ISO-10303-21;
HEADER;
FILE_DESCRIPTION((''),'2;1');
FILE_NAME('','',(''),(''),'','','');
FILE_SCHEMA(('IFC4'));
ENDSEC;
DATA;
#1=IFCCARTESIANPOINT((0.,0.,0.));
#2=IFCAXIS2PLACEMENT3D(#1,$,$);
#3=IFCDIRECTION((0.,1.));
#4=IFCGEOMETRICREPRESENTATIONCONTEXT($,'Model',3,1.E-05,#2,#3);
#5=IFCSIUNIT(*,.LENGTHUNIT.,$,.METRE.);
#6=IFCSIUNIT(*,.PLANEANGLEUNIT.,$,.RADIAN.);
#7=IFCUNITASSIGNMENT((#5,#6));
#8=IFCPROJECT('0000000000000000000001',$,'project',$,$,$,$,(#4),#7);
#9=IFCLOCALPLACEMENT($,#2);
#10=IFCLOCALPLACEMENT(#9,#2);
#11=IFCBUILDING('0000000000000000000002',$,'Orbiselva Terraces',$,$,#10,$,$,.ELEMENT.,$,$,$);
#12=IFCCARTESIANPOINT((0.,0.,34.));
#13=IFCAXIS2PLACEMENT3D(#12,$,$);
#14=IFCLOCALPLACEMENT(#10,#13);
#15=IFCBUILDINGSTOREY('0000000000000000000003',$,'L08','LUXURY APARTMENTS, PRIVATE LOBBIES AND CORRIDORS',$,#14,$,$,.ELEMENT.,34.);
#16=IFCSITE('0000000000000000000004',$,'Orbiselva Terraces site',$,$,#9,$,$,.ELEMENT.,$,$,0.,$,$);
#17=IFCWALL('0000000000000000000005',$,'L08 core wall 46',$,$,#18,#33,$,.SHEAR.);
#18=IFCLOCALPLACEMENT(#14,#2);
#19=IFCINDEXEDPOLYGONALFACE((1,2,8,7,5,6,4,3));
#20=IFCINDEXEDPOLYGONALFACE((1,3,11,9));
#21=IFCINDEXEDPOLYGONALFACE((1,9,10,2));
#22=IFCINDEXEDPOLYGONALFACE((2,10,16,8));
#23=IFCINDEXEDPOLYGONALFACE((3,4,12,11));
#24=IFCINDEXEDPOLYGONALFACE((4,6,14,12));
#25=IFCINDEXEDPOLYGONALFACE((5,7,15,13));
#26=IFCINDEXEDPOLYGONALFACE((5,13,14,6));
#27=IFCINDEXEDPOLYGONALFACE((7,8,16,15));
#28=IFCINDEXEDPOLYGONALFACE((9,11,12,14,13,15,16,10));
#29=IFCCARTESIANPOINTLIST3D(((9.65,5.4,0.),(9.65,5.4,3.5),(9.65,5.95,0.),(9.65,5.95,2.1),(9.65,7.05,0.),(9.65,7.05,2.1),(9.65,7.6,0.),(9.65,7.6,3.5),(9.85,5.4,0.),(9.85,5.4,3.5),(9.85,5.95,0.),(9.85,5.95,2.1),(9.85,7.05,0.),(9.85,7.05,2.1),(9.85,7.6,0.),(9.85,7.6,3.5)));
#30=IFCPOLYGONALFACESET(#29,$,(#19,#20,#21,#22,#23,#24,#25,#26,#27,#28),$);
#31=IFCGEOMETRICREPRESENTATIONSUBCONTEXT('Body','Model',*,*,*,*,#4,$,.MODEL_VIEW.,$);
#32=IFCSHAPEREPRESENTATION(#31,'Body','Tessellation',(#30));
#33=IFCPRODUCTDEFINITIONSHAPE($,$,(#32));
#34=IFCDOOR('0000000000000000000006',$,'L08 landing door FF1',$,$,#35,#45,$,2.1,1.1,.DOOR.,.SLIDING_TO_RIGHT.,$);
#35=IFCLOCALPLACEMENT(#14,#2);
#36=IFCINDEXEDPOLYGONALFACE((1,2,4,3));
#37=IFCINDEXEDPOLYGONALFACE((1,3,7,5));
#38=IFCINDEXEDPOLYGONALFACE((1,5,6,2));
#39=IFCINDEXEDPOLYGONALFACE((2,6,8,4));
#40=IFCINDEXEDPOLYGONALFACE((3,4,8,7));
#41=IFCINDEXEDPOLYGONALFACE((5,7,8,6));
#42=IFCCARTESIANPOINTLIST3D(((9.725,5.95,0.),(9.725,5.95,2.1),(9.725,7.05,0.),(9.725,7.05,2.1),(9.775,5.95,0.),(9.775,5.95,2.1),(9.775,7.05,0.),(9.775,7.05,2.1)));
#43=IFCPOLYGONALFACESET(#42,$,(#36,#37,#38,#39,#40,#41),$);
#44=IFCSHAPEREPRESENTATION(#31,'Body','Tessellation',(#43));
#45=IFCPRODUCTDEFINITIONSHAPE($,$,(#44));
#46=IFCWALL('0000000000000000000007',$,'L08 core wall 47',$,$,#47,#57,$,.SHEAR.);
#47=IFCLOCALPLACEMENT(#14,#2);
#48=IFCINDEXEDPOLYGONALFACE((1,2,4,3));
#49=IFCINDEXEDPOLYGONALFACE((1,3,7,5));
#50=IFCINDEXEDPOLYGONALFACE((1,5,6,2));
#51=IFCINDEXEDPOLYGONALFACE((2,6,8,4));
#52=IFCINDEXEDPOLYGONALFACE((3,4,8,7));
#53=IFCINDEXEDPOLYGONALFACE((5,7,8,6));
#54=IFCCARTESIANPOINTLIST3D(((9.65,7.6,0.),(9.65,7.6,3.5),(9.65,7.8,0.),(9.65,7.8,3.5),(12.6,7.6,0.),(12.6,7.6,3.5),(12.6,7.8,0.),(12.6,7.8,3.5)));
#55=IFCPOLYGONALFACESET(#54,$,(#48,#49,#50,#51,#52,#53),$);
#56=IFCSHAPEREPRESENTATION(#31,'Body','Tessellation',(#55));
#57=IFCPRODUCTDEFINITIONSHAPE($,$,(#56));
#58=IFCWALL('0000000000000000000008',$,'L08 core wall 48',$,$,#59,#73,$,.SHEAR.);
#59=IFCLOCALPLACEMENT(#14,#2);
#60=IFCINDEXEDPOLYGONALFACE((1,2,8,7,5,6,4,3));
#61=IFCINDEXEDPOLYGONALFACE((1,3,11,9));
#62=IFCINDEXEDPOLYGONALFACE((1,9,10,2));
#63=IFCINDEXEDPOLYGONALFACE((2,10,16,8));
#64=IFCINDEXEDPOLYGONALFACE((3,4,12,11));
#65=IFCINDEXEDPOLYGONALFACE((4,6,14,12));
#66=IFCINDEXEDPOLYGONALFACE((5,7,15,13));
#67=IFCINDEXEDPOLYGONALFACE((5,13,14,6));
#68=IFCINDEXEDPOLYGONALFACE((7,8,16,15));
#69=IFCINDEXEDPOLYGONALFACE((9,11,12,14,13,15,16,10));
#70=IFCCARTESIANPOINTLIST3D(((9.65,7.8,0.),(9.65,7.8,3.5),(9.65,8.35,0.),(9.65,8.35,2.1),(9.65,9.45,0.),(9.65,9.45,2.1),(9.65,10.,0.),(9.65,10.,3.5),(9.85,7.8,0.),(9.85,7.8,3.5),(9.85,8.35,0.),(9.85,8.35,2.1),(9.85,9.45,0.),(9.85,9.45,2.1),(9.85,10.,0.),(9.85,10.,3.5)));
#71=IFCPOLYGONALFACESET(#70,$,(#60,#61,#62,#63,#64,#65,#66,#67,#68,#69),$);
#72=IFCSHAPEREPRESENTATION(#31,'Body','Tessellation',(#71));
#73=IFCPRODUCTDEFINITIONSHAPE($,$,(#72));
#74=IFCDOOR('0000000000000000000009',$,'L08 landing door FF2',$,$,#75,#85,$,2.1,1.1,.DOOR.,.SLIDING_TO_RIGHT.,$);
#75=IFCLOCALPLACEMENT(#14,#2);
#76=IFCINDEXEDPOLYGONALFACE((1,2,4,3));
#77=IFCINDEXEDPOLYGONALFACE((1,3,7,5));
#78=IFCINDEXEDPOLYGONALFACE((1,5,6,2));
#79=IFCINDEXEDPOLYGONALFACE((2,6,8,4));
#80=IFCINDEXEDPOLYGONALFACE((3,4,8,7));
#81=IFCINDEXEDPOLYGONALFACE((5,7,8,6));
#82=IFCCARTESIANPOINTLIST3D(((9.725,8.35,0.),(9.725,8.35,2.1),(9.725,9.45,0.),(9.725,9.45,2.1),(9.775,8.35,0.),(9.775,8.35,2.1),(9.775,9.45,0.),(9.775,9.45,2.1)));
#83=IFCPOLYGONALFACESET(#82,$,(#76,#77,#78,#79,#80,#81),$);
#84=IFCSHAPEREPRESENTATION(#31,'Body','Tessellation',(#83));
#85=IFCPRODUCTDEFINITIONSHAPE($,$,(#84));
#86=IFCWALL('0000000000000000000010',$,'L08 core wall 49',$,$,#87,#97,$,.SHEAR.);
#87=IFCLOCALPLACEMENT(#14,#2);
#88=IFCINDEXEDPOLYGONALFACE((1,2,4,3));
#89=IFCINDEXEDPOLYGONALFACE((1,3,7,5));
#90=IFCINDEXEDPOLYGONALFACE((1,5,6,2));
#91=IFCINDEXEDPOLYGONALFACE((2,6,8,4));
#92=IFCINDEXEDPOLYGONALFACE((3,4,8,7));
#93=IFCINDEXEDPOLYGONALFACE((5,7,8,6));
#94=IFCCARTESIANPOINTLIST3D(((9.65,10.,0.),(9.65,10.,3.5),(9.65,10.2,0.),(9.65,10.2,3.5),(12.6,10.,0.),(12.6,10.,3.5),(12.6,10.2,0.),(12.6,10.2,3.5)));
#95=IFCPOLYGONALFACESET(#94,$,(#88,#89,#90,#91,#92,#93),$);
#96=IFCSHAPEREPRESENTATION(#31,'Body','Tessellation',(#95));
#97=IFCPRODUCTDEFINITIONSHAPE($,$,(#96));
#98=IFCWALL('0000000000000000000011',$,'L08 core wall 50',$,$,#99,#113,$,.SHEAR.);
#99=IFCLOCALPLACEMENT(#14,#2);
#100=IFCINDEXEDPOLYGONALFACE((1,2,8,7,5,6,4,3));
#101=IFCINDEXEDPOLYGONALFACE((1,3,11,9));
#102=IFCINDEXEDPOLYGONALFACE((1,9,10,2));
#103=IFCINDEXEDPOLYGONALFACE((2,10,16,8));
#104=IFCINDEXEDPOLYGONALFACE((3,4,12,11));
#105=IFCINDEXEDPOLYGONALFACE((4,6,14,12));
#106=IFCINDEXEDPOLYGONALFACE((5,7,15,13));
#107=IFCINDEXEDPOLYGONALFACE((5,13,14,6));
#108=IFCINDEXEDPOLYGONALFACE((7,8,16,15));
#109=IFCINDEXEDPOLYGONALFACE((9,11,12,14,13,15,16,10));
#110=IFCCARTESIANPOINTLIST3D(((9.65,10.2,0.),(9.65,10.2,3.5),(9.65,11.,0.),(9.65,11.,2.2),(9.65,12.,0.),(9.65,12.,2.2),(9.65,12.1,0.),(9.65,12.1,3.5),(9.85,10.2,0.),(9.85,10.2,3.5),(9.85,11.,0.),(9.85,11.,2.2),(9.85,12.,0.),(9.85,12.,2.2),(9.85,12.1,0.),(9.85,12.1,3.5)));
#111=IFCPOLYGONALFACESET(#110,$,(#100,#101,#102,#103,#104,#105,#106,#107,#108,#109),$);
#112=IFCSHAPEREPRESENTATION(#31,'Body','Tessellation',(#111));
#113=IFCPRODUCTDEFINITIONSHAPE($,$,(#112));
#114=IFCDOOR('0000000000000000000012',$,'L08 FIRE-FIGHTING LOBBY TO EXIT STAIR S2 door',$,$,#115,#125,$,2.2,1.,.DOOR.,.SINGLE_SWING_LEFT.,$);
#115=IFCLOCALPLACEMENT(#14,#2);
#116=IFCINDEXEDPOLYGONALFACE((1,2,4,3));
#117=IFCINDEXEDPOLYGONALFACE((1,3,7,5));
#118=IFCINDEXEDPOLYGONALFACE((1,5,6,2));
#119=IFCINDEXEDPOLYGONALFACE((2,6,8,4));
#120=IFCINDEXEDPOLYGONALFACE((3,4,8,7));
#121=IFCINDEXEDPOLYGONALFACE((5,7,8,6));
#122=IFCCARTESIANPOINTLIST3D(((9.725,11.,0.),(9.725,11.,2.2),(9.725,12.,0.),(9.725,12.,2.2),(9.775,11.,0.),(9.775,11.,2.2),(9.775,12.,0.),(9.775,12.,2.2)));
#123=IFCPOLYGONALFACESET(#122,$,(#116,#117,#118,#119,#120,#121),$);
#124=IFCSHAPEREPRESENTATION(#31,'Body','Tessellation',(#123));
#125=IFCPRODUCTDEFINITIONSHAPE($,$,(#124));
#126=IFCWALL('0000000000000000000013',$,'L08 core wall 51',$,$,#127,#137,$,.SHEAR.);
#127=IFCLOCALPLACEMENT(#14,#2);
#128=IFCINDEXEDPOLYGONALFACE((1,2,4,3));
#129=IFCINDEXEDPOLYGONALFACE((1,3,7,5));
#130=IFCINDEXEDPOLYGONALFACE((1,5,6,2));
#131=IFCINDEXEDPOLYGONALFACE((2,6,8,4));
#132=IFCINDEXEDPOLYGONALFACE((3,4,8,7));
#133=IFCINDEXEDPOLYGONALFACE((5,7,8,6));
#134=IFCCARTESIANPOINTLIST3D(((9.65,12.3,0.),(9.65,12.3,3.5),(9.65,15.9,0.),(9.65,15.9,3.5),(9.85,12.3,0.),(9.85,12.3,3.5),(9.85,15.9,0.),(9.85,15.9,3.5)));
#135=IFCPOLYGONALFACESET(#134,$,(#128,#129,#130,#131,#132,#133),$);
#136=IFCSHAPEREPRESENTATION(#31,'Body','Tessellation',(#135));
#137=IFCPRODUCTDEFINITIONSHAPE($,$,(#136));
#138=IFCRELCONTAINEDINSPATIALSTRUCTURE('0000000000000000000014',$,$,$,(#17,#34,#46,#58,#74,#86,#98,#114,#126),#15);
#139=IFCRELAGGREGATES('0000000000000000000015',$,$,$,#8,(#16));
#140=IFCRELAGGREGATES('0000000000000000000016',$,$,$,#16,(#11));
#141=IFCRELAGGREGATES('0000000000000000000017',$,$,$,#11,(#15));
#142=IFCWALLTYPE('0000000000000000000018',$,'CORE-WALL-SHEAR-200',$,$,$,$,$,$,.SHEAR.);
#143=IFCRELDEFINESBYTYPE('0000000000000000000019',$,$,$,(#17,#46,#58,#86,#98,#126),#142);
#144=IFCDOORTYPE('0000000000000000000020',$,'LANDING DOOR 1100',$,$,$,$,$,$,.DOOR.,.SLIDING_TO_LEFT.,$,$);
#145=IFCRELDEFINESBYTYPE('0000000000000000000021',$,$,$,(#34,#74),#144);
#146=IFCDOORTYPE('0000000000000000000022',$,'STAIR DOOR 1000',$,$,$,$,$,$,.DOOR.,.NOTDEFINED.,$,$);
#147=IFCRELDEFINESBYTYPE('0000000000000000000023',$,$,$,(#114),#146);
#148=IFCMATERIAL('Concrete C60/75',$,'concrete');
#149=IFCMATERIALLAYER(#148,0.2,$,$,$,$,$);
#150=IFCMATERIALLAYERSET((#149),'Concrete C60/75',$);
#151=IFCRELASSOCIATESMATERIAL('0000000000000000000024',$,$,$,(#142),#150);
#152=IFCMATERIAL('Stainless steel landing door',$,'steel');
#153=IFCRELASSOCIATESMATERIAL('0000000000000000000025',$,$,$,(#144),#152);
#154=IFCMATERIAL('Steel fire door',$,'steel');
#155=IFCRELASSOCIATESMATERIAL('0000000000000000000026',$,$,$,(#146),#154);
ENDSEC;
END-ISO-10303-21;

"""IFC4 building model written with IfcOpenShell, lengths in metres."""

from ifc_helpers import new_model, si_unit, direction, frame, frame_2d, origin, place, context, subcontext, project, spatial, rectangle, extrude, material, layer, layer_set, type_object, element, fill, save


model = new_model("IFC4")

# Units and contexts
model_context = context("Model", 3, precision=1e-05, world=origin(), true_north=direction((0.0, 1.0)))
body_context = subcontext(model_context, "Body", "Model", "MODEL_VIEW")
ifc_project = project(units=[si_unit("LENGTHUNIT", "METRE"), si_unit("PLANEANGLEUNIT", "RADIAN")], contexts=[model_context])

# Site, building, storey
site_placement = place(None, origin())
site = spatial("IfcSite", under=ifc_project, at=site_placement, Name="Orbiselva Terraces site", CompositionType="ELEMENT", RefElevation=0.0)
building_placement = place(site_placement, origin())
building = spatial("IfcBuilding", under=site, at=building_placement, Name="Orbiselva Terraces", CompositionType="ELEMENT")
storey_placement = place(building_placement, frame((0.0, 0.0, 34.0)))
storey = spatial("IfcBuildingStorey", under=building, at=storey_placement, Name="L08", Description="LUXURY APARTMENTS, PRIVATE LOBBIES AND CORRIDORS", CompositionType="ELEMENT", Elevation=34.0)

# Shared definitions
ifc_material_1 = material(Name="Steel fire door", Category="steel")

# Shared definitions
ifc_material_2 = material(Name="Concrete C60/75", Category="concrete")
ifc_layer_1 = layer(ifc_material_2, 0.2)
ifc_layer_set_1 = layer_set([ifc_layer_1], Name="Concrete C60/75")
wall_type_1 = type_object("IfcWallType", Name="CORE-WALL-SHEAR-200", PredefinedType="SHEAR", material=ifc_layer_set_1)

# Wall, opening, door
wall_1_placement = place(storey_placement, frame((9.75, 5.4, 0.0), z_axis=(0.0, 0.0, 1.0), x_axis=(0.0, 1.0, 0.0)))
wall_1 = element("IfcWall", 1, at=wall_1_placement, inside=storey, type_object=wall_type_1, Name="L08 core wall 46", PredefinedType="SHEAR", context=body_context, shape_type="SweptSolid", body=[
    extrude(rectangle(XDim=2.2, YDim=0.2, at=frame_2d((1.1, 0.0))), origin(), (0.0, 0.0, 1.0), 3.5),
])
opening_1_placement = place(wall_1_placement, frame((0.55, 0.0, 0.0)))
opening_1 = element("IfcOpeningElement", 2, at=opening_1_placement, cuts=wall_1, PredefinedType="OPENING", context=body_context, shape_type="SweptSolid", body=[
    extrude(rectangle(XDim=1.1, YDim=2.1, at=frame_2d((0.55, 1.05))), frame((0.0, 0.11, 0.0), z_axis=(0.0, -1.0, 0.0), x_axis=(1.0, 0.0, 0.0)), (0.0, 0.0, 1.0), 0.22),
])
ifc_material_3 = material(Name="Stainless steel landing door", Category="steel")
door_type_1 = type_object("IfcDoorType", Name="LANDING DOOR 1100", OperationType="SLIDING_TO_LEFT", PredefinedType="DOOR", material=ifc_material_3)
door_1_placement = place(opening_1_placement, origin())
door_1 = element("IfcDoor", 3, at=door_1_placement, inside=storey, type_object=door_type_1, Name="L08 landing door FF1", OperationType="SLIDING_TO_RIGHT", OverallHeight=2.1, OverallWidth=1.1, PredefinedType="DOOR", context=body_context, shape_type="SweptSolid", body=[
    extrude(rectangle(XDim=1.1, YDim=2.1, at=frame_2d((0.55, 1.05))), frame((0.0, 0.025, 0.0), z_axis=(0.0, -1.0, 0.0), x_axis=(1.0, 0.0, 0.0)), (0.0, 0.0, 1.0), 0.05),
])
fill(opening_1, door_1)

# Wall
wall_2_placement = place(storey_placement, frame((9.65, 7.7, 0.0), z_axis=(0.0, 0.0, 1.0), x_axis=(1.0, 0.0, 0.0)))
element("IfcWall", 4, at=wall_2_placement, inside=storey, type_object=wall_type_1, Name="L08 core wall 47", PredefinedType="SHEAR", context=body_context, shape_type="SweptSolid", body=[
    extrude(rectangle(XDim=2.95, YDim=0.2, at=frame_2d((1.475, 0.0))), origin(), (0.0, 0.0, 1.0), 3.5),
])

# Wall, opening, door
wall_3_placement = place(storey_placement, frame((9.75, 7.8, 0.0), z_axis=(0.0, 0.0, 1.0), x_axis=(0.0, 1.0, 0.0)))
wall_3 = element("IfcWall", 5, at=wall_3_placement, inside=storey, type_object=wall_type_1, Name="L08 core wall 48", PredefinedType="SHEAR", context=body_context, shape_type="SweptSolid", body=[
    extrude(rectangle(XDim=2.2, YDim=0.2, at=frame_2d((1.1, 0.0))), origin(), (0.0, 0.0, 1.0), 3.5),
])
opening_2_placement = place(wall_3_placement, frame((0.55, 0.0, 0.0)))
opening_2 = element("IfcOpeningElement", 6, at=opening_2_placement, cuts=wall_3, PredefinedType="OPENING", context=body_context, shape_type="SweptSolid", body=[
    extrude(rectangle(XDim=1.1, YDim=2.1, at=frame_2d((0.55, 1.05))), frame((0.0, 0.11, 0.0), z_axis=(0.0, -1.0, 0.0), x_axis=(1.0, 0.0, 0.0)), (0.0, 0.0, 1.0), 0.22),
])
door_2_placement = place(opening_2_placement, origin())
door_2 = element("IfcDoor", 7, at=door_2_placement, inside=storey, type_object=door_type_1, Name="L08 landing door FF2", OperationType="SLIDING_TO_RIGHT", OverallHeight=2.1, OverallWidth=1.1, PredefinedType="DOOR", context=body_context, shape_type="SweptSolid", body=[
    extrude(rectangle(XDim=1.1, YDim=2.1, at=frame_2d((0.55, 1.05))), frame((0.0, 0.025, 0.0), z_axis=(0.0, -1.0, 0.0), x_axis=(1.0, 0.0, 0.0)), (0.0, 0.0, 1.0), 0.05),
])
fill(opening_2, door_2)

# Wall
wall_4_placement = place(storey_placement, frame((9.65, 10.1, 0.0), z_axis=(0.0, 0.0, 1.0), x_axis=(1.0, 0.0, 0.0)))
element("IfcWall", 8, at=wall_4_placement, inside=storey, type_object=wall_type_1, Name="L08 core wall 49", PredefinedType="SHEAR", context=body_context, shape_type="SweptSolid", body=[
    extrude(rectangle(XDim=2.95, YDim=0.2, at=frame_2d((1.475, 0.0))), origin(), (0.0, 0.0, 1.0), 3.5),
])

# Wall, opening, door
wall_5_placement = place(storey_placement, frame((9.75, 12.1, 0.0), z_axis=(0.0, 0.0, 1.0), x_axis=(0.0, -1.0, 0.0)))
wall_5 = element("IfcWall", 9, at=wall_5_placement, inside=storey, type_object=wall_type_1, Name="L08 core wall 50", PredefinedType="SHEAR", context=body_context, shape_type="SweptSolid", body=[
    extrude(rectangle(XDim=1.9, YDim=0.2, at=frame_2d((0.95, 0.0))), origin(), (0.0, 0.0, 1.0), 3.5),
])
opening_3_placement = place(wall_5_placement, frame((0.1, 0.0, 0.0)))
opening_3 = element("IfcOpeningElement", 10, at=opening_3_placement, cuts=wall_5, PredefinedType="OPENING", context=body_context, shape_type="SweptSolid", body=[
    extrude(rectangle(XDim=1.0, YDim=2.2, at=frame_2d((0.5, 1.1))), frame((0.0, 0.11, 0.0), z_axis=(0.0, -1.0, 0.0), x_axis=(1.0, 0.0, 0.0)), (0.0, 0.0, 1.0), 0.22),
])
door_type_2 = type_object("IfcDoorType", Name="STAIR DOOR 1000", OperationType="NOTDEFINED", PredefinedType="DOOR", material=ifc_material_1)
door_3_placement = place(opening_3_placement, origin())
door_3 = element("IfcDoor", 11, at=door_3_placement, inside=storey, type_object=door_type_2, Name="L08 FIRE-FIGHTING LOBBY TO EXIT STAIR S2 door", OperationType="SINGLE_SWING_LEFT", OverallHeight=2.2, OverallWidth=1.0, PredefinedType="DOOR", context=body_context, shape_type="SweptSolid", body=[
    extrude(rectangle(XDim=1.0, YDim=2.2, at=frame_2d((0.5, 1.1))), frame((0.0, 0.025, 0.0), z_axis=(0.0, -1.0, 0.0), x_axis=(1.0, 0.0, 0.0)), (0.0, 0.0, 1.0), 0.05),
])
fill(opening_3, door_3)

# Wall
wall_6_placement = place(storey_placement, frame((9.75, 12.3, 0.0), z_axis=(0.0, 0.0, 1.0), x_axis=(0.0, 1.0, 0.0)))
element("IfcWall", 12, at=wall_6_placement, inside=storey, type_object=wall_type_1, Name="L08 core wall 51", PredefinedType="SHEAR", context=body_context, shape_type="SweptSolid", body=[
    extrude(rectangle(XDim=3.6, YDim=0.2, at=frame_2d((1.8, 0.0))), origin(), (0.0, 0.0, 1.0), 3.5),
])

save(model, "model.ifc")
